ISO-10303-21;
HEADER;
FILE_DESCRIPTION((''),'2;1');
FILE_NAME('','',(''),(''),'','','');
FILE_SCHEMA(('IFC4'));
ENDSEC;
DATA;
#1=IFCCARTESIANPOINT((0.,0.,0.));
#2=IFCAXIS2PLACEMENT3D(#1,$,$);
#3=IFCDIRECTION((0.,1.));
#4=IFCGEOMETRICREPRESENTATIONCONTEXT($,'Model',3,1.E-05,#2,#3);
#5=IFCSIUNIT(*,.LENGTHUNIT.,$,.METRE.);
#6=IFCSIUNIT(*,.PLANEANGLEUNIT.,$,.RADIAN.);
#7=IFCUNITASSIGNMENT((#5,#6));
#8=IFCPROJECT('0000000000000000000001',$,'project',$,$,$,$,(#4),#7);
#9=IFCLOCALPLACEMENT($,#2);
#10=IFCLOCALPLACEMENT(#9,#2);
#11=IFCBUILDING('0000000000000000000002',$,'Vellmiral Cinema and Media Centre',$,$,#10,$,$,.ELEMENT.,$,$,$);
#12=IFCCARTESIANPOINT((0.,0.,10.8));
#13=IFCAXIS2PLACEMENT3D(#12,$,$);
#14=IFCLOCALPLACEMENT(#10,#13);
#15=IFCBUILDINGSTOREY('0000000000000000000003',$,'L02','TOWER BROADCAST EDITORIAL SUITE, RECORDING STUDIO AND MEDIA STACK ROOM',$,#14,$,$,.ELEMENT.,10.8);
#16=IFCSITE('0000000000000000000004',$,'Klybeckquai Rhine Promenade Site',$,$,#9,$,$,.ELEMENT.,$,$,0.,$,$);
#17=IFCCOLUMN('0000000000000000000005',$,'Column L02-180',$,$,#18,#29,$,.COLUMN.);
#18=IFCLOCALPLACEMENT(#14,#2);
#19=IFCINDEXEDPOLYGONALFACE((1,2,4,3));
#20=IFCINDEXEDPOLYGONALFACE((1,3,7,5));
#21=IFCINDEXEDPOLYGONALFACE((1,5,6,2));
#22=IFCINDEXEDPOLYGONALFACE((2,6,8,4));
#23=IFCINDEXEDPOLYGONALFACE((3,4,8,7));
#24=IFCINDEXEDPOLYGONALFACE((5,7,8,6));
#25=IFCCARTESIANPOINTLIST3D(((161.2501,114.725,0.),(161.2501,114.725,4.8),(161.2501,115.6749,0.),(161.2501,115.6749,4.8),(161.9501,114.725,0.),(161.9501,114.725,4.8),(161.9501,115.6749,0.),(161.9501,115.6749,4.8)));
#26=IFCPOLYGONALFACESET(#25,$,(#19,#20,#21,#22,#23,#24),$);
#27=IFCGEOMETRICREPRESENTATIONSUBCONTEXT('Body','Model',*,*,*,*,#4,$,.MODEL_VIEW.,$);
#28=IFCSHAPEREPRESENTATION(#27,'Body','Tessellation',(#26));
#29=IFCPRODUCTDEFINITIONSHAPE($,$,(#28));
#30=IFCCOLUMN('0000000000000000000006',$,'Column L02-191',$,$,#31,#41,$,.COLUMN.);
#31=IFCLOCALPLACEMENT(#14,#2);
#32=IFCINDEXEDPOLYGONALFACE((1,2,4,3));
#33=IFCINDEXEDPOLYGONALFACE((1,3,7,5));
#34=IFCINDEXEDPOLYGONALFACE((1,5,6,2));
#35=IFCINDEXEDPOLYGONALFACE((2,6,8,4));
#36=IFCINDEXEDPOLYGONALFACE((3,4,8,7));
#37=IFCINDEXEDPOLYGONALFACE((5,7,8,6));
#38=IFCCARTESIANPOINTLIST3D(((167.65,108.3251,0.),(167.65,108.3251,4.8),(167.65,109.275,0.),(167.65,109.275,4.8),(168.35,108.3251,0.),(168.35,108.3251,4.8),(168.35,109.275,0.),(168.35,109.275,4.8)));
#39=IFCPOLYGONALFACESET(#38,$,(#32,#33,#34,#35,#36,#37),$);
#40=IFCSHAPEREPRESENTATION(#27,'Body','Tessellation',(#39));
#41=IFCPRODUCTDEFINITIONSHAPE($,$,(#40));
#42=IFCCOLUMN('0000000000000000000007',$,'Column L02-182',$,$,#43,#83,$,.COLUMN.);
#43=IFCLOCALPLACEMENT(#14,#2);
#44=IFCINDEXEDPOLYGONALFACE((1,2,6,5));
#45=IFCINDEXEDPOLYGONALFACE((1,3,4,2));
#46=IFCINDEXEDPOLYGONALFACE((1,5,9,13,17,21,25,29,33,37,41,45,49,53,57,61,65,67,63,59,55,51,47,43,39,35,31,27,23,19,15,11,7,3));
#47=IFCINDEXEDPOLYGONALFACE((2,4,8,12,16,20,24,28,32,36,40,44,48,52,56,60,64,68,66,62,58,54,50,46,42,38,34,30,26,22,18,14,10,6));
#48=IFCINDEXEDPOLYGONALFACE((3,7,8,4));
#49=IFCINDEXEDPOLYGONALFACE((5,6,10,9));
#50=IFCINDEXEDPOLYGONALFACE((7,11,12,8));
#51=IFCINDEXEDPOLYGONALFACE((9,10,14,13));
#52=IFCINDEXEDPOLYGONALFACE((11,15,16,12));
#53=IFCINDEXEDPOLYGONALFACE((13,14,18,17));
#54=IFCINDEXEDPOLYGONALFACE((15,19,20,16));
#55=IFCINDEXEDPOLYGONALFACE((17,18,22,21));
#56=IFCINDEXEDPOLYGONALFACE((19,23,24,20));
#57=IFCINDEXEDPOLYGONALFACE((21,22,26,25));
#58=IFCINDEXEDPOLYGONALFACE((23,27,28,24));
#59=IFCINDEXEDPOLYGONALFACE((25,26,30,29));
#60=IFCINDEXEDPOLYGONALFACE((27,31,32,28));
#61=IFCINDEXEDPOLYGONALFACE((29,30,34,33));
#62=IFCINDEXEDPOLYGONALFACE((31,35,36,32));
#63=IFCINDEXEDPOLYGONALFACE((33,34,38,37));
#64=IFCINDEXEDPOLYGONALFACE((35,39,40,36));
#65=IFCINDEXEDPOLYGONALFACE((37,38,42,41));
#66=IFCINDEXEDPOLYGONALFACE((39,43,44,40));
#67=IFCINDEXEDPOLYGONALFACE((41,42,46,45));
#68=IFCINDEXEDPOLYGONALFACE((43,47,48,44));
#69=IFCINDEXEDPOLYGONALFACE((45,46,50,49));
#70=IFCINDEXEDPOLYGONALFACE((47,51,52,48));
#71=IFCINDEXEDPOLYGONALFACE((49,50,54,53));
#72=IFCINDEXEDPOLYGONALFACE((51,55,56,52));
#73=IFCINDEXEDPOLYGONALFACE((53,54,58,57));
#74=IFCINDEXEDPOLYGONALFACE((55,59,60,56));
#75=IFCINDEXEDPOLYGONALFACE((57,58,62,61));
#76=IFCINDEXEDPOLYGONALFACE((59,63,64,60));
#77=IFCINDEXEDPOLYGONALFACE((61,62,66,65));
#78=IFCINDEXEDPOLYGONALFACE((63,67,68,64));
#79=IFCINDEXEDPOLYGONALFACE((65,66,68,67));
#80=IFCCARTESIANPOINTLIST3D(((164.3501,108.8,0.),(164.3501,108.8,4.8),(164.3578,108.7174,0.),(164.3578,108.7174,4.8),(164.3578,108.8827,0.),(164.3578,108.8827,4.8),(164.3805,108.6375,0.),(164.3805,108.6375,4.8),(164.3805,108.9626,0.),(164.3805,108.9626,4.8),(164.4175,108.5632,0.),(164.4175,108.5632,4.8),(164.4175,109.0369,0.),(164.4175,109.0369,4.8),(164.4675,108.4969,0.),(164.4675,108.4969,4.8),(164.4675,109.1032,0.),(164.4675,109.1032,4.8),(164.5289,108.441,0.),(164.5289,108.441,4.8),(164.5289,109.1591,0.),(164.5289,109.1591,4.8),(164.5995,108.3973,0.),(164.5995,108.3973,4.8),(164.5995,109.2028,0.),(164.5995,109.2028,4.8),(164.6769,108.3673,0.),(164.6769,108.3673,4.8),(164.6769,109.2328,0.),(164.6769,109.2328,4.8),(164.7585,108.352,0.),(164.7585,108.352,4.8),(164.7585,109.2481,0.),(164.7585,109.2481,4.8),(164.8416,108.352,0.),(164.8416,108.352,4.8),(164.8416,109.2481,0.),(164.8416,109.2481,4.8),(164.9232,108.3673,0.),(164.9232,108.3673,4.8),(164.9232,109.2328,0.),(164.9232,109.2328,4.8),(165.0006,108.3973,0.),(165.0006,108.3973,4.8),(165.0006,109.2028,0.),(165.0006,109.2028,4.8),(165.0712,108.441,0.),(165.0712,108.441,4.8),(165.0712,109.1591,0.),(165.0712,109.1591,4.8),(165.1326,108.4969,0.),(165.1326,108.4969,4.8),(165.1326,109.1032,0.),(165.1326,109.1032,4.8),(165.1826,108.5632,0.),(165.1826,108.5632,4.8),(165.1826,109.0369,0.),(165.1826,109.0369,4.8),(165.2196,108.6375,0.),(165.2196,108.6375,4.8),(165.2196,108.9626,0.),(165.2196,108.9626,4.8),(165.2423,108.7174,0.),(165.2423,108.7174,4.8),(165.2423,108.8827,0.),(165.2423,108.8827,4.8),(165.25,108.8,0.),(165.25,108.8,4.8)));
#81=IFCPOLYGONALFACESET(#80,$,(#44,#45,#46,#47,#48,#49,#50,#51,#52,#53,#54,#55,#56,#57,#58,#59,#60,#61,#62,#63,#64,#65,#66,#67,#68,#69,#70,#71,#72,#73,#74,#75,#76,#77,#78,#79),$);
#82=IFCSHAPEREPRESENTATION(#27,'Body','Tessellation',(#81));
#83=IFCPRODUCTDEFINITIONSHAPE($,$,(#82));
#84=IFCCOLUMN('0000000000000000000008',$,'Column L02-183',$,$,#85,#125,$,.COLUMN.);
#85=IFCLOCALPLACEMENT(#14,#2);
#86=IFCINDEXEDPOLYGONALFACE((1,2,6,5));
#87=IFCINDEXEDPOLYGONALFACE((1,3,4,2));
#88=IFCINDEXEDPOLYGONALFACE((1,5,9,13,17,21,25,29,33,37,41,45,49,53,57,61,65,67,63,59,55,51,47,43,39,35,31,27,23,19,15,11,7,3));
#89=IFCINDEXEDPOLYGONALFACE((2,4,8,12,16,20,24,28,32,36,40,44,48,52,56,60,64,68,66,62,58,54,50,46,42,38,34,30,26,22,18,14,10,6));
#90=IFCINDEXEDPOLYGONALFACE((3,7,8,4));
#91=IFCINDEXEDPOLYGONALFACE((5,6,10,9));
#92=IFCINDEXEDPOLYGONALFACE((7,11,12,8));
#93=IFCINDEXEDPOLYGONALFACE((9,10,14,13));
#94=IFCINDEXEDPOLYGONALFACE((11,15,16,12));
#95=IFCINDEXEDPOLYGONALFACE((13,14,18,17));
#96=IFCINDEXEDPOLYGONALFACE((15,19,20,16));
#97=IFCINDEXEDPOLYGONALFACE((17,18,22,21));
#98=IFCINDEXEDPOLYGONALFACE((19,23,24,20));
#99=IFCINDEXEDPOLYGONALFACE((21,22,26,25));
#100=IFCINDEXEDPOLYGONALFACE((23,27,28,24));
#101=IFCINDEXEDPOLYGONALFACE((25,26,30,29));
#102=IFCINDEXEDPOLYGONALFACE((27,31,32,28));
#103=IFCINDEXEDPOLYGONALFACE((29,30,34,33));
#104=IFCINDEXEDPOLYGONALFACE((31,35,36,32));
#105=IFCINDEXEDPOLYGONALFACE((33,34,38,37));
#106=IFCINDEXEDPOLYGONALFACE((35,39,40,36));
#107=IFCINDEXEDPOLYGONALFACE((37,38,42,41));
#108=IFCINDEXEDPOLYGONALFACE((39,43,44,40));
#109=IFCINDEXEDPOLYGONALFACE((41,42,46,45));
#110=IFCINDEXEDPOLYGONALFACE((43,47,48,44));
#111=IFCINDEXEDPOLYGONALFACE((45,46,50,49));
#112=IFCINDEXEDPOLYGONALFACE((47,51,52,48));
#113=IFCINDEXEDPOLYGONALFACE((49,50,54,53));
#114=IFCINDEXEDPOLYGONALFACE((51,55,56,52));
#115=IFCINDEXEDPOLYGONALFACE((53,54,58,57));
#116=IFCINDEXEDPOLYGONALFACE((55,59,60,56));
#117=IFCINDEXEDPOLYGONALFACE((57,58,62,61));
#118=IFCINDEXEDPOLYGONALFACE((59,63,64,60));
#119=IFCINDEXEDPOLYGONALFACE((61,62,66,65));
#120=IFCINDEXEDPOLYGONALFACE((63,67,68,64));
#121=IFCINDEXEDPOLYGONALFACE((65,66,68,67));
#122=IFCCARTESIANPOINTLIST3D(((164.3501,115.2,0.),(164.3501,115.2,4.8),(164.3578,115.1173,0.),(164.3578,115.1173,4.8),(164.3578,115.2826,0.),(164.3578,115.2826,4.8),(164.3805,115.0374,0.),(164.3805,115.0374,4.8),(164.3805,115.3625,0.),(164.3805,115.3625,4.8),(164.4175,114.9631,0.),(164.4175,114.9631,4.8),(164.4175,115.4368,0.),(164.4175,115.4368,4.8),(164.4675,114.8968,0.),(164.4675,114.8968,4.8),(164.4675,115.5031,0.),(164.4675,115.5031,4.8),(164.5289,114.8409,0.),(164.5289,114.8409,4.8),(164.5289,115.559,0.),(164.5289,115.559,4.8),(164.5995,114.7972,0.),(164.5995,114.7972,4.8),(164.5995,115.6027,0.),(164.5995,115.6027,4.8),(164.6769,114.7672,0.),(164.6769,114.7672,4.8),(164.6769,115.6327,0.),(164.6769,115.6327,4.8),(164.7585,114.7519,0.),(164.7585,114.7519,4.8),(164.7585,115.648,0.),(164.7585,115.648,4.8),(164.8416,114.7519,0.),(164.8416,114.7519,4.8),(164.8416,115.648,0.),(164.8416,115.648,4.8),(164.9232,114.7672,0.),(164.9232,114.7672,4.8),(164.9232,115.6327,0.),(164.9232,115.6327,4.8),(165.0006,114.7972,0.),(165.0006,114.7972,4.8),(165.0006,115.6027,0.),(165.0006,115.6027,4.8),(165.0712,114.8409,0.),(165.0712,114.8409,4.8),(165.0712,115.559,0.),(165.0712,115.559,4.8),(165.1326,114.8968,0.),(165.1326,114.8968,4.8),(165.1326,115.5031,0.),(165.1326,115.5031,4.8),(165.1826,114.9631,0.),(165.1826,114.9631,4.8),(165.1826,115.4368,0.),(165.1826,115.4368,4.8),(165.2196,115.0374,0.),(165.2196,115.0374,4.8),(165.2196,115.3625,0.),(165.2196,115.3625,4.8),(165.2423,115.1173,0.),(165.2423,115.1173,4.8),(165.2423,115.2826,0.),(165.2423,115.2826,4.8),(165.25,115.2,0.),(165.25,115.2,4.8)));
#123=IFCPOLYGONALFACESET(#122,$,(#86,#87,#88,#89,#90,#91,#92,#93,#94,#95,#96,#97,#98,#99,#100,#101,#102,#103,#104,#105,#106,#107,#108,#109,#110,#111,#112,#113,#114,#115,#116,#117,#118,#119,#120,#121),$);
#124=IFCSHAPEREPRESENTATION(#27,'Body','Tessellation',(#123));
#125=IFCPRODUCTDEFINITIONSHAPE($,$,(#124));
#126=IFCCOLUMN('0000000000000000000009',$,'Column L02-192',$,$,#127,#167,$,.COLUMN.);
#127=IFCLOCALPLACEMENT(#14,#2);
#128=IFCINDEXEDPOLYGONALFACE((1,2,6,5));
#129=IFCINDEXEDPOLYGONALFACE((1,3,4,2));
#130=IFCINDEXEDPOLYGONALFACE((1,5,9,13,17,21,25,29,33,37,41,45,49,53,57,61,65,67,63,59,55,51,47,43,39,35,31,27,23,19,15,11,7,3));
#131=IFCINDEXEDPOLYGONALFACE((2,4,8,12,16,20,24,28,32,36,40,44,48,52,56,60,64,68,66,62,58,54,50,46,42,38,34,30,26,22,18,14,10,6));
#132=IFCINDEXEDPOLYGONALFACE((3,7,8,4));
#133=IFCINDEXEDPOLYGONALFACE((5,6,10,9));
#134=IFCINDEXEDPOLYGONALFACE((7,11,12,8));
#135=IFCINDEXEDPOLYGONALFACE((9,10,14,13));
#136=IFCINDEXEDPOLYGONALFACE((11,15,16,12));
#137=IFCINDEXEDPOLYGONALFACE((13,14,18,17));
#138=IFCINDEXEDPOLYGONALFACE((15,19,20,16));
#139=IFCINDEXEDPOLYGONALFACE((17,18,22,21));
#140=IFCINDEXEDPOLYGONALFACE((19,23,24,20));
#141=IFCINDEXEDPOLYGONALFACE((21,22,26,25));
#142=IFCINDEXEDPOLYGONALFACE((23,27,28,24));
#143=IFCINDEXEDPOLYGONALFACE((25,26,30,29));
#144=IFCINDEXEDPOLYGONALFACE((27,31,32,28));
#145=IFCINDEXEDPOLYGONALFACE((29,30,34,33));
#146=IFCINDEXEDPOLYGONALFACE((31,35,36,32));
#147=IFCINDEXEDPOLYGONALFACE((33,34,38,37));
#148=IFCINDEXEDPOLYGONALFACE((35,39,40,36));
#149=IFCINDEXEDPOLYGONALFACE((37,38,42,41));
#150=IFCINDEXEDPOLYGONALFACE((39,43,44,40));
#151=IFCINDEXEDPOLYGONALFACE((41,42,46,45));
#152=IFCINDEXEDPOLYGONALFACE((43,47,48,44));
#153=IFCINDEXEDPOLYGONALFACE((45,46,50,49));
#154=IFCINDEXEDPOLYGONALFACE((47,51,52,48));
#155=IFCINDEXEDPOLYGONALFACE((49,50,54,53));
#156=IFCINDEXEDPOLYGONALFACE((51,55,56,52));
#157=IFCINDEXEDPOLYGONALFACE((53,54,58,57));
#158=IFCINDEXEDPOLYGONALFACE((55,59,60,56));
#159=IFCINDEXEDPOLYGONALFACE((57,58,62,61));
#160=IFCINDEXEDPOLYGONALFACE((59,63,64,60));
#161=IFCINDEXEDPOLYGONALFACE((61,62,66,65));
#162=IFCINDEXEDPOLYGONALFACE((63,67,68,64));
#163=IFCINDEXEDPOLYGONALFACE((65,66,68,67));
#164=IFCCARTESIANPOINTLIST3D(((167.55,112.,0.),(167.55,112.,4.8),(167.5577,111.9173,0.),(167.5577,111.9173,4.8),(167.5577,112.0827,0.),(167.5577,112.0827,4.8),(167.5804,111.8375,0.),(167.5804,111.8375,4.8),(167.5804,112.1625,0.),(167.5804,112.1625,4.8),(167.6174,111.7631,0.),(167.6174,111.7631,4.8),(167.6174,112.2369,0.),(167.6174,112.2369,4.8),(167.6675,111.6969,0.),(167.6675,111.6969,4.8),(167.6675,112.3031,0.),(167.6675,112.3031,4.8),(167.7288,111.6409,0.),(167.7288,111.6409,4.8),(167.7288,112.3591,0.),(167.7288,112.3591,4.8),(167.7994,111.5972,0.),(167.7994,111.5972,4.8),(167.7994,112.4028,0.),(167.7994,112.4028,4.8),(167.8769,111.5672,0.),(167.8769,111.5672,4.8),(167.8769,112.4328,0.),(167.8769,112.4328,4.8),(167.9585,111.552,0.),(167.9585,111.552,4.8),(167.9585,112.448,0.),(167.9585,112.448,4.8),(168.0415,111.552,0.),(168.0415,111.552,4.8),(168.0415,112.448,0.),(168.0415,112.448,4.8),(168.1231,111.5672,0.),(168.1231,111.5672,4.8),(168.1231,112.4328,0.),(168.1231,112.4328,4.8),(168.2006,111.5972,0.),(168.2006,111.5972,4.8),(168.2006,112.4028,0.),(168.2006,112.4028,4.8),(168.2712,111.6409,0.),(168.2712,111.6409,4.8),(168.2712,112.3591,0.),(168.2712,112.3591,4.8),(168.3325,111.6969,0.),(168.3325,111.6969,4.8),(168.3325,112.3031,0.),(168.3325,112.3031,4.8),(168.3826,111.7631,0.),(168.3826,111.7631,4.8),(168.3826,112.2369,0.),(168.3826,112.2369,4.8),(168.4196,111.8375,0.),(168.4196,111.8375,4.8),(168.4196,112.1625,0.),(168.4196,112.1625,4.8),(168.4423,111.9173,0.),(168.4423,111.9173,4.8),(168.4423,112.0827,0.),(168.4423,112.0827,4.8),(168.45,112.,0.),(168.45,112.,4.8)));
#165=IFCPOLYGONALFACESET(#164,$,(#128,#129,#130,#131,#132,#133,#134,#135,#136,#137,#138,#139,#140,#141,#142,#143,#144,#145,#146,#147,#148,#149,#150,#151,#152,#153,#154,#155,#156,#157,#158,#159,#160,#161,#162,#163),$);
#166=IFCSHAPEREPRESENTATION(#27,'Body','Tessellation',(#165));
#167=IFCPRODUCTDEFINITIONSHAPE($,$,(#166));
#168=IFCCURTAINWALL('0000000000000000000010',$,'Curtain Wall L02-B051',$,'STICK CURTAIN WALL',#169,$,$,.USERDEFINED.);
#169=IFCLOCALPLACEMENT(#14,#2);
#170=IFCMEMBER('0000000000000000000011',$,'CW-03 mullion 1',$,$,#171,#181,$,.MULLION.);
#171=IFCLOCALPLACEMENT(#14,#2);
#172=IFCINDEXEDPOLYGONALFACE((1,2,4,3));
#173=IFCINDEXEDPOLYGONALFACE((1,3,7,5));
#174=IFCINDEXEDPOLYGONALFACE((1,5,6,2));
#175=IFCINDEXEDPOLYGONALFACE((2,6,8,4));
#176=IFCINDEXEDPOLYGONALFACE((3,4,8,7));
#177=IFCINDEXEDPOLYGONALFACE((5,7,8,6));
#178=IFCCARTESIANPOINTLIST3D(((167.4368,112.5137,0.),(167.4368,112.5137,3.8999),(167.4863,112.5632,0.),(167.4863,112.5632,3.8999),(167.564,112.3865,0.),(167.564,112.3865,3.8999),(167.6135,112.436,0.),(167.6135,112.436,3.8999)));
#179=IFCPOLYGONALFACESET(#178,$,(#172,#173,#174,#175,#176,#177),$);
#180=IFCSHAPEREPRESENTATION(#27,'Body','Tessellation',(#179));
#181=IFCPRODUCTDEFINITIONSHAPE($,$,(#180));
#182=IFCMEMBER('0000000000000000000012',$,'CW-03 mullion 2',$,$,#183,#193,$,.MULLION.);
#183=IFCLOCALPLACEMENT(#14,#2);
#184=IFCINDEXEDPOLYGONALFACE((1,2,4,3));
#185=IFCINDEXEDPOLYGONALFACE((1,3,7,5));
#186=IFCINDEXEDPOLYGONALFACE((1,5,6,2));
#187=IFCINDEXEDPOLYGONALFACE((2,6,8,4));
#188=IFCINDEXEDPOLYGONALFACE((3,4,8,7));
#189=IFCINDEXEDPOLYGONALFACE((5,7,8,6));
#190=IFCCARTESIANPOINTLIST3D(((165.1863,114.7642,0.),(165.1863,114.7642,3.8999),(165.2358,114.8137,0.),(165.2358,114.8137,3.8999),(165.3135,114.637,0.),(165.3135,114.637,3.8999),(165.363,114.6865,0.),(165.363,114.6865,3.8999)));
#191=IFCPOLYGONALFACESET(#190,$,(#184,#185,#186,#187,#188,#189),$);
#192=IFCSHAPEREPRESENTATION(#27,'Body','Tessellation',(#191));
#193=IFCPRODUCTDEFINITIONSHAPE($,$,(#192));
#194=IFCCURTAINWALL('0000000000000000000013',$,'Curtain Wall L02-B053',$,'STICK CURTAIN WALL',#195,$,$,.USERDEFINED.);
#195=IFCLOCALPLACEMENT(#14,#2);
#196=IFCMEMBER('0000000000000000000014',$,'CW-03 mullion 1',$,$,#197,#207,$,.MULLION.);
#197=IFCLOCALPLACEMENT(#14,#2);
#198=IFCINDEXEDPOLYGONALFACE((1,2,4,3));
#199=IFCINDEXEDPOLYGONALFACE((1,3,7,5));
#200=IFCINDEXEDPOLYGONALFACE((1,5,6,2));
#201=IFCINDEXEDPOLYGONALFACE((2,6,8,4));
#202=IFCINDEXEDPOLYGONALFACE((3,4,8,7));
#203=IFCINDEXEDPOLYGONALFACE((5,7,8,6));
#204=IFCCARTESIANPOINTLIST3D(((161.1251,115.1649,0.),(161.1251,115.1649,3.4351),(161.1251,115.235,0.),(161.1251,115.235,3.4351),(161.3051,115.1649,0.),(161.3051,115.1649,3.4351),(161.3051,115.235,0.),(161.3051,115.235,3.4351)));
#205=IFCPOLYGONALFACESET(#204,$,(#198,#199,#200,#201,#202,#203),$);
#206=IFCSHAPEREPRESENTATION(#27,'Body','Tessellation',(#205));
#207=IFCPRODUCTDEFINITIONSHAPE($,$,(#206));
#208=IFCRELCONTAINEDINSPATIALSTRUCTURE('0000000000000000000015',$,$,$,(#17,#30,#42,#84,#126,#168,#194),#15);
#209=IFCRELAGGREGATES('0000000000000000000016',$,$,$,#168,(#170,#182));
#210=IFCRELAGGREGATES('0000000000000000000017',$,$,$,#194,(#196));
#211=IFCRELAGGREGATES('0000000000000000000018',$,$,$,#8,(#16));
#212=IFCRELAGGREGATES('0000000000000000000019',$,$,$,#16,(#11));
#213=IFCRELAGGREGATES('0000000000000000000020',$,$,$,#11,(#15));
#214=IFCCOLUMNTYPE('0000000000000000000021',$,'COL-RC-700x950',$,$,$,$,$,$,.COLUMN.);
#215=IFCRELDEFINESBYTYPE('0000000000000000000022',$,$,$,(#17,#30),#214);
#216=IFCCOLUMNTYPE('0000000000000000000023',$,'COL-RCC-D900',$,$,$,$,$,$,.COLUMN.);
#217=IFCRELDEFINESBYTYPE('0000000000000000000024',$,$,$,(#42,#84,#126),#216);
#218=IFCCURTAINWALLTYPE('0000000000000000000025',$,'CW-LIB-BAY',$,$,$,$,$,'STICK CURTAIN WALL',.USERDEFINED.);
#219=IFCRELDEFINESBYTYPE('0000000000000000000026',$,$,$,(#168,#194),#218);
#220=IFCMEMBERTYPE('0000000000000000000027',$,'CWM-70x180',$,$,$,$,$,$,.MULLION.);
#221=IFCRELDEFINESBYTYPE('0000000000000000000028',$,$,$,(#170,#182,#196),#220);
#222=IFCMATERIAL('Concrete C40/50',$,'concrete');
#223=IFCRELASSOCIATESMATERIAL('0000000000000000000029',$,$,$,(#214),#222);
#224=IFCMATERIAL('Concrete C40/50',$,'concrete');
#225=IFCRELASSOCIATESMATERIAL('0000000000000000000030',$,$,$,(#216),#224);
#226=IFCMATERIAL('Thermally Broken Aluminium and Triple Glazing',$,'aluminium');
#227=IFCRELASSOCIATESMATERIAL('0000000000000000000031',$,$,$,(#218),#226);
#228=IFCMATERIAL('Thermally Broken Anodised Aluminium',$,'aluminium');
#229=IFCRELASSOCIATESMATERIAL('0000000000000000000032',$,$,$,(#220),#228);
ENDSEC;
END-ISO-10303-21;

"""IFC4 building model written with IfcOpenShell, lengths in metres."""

from ifc_helpers import new_model, si_unit, direction, frame, origin, origin_2d, place, context, subcontext, project, spatial, rectangle, circle, extrude, material, material_profile, profile_set, type_object, element, aggregate, save


model = new_model("IFC4")

# Units and contexts
model_context = context("Model", 3, precision=1e-05, world=origin(), true_north=direction((0.0, 1.0)))
body_context = subcontext(model_context, "Body", "Model", "MODEL_VIEW")
ifc_project = project(units=[si_unit("LENGTHUNIT", "METRE"), si_unit("PLANEANGLEUNIT", "RADIAN")], contexts=[model_context])

# Site, building, storey
site_placement = place(None, origin())
site = spatial("IfcSite", under=ifc_project, at=site_placement, Name="Klybeckquai Rhine Promenade Site", CompositionType="ELEMENT", RefElevation=0.0)
building_placement = place(site_placement, origin())
building = spatial("IfcBuilding", under=site, at=building_placement, Name="Vellmiral Cinema and Media Centre", CompositionType="ELEMENT")
storey_placement = place(building_placement, frame((0.0, 0.0, 10.8)))
storey = spatial("IfcBuildingStorey", under=building, at=storey_placement, Name="L02", Description="TOWER BROADCAST EDITORIAL SUITE, RECORDING STUDIO AND MEDIA STACK ROOM", CompositionType="ELEMENT", Elevation=10.8)

# Columns
ifc_material_1 = material(Name="Concrete C40/50", Category="concrete")
ifc_material_profile_1 = material_profile(ifc_material_1, rectangle(XDim=0.7, YDim=0.95, at=origin_2d()), Name="RC 700x950")
ifc_profile_set_1 = profile_set([ifc_material_profile_1], Name="Concrete C40/50")
column_type_1 = type_object("IfcColumnType", Name="COL-RC-700x950", PredefinedType="COLUMN", material=ifc_profile_set_1)
for number, where, z_axis, x_axis, name in (
    (1, (161.6001, 115.2, 0.0), (0.0, 0.0, 1.0), (1.0, 0.0, 0.0), "Column L02-180"),
    (2, (168.0, 108.8, 0.0), (0.0, 0.0, 1.0), (1.0, 0.0, 0.0), "Column L02-191"),
):
    element("IfcColumn", number, at=place(storey_placement, frame(where, z_axis=z_axis, x_axis=x_axis)), inside=storey, type_object=column_type_1, Name=name, PredefinedType="COLUMN", context=body_context, shape_type="SweptSolid", body=[
        extrude(rectangle(XDim=0.7, YDim=0.95, at=origin_2d()), origin(), (0.0, 0.0, 1.0), 4.8),
    ])
ifc_material_2 = material(Name="Concrete C40/50", Category="concrete")
ifc_material_profile_2 = material_profile(ifc_material_2, circle(Radius=0.45, at=origin_2d()), Name="RC D900")
ifc_profile_set_2 = profile_set([ifc_material_profile_2], Name="Concrete C40/50")
column_type_2 = type_object("IfcColumnType", Name="COL-RCC-D900", PredefinedType="COLUMN", material=ifc_profile_set_2)
for number, where, z_axis, x_axis, name in (
    (3, (164.8, 108.8, 0.0), (0.0, 0.0, 1.0), (1.0, 0.0, 0.0), "Column L02-182"),
    (4, (164.8, 115.2, 0.0), (0.0, 0.0, 1.0), (1.0, 0.0, 0.0), "Column L02-183"),
    (5, (168.0, 112.0, 0.0), (0.0, 0.0, 1.0), (1.0, 0.0, 0.0), "Column L02-192"),
):
    element("IfcColumn", number, at=place(storey_placement, frame(where, z_axis=z_axis, x_axis=x_axis)), inside=storey, type_object=column_type_2, Name=name, PredefinedType="COLUMN", context=body_context, shape_type="SweptSolid", body=[
        extrude(circle(Radius=0.45, at=origin_2d()), origin(), (0.0, 0.0, 1.0), 4.8),
    ])

# Curtain walls, members
ifc_material_3 = material(Name="Thermally Broken Aluminium and Triple Glazing", Category="aluminium")
curtain_wall_type = type_object("IfcCurtainWallType", Name="CW-LIB-BAY", ElementType="STICK CURTAIN WALL", PredefinedType="USERDEFINED", material=ifc_material_3)
curtain_wall_1_placement = place(storey_placement, origin())
curtain_wall_1 = element("IfcCurtainWall", 6, at=curtain_wall_1_placement, inside=storey, type_object=curtain_wall_type, Name="Curtain Wall L02-B051", ObjectType="STICK CURTAIN WALL", PredefinedType="USERDEFINED")
ifc_material_4 = material(Name="Thermally Broken Anodised Aluminium", Category="aluminium")
ifc_material_profile_3 = material_profile(ifc_material_4, rectangle(XDim=0.0701, YDim=0.1799, at=origin_2d()), Name="MULL 70x180")
ifc_profile_set_3 = profile_set([ifc_material_profile_3], Name="Thermally Broken Anodised Aluminium")
member_type_1 = type_object("IfcMemberType", Name="CWM-70x180", PredefinedType="MULLION", material=ifc_profile_set_3)
member_1_placement = place(storey_placement, frame((167.5251, 112.4749, 0.0), z_axis=(0.0, 0.0, 1.0), x_axis=(-0.707107, -0.707107, 0.0)))
member_1 = element("IfcMember", 7, at=member_1_placement, type_object=member_type_1, Name="CW-03 mullion 1", PredefinedType="MULLION", context=body_context, shape_type="SweptSolid", body=[
    extrude(rectangle(XDim=0.0701, YDim=0.1799, at=origin_2d()), origin(), (0.0, 0.0, 1.0), 3.8999),
])
member_2_placement = place(storey_placement, frame((165.2747, 114.7253, 0.0), z_axis=(0.0, 0.0, 1.0), x_axis=(-0.707107, -0.707107, 0.0)))
member_2 = element("IfcMember", 8, at=member_2_placement, type_object=member_type_1, Name="CW-03 mullion 2", PredefinedType="MULLION", context=body_context, shape_type="SweptSolid", body=[
    extrude(rectangle(XDim=0.0701, YDim=0.1799, at=origin_2d()), origin(), (0.0, 0.0, 1.0), 3.8999),
])
curtain_wall_2_placement = place(storey_placement, origin())
curtain_wall_2 = element("IfcCurtainWall", 9, at=curtain_wall_2_placement, inside=storey, type_object=curtain_wall_type, Name="Curtain Wall L02-B053", ObjectType="STICK CURTAIN WALL", PredefinedType="USERDEFINED")
member_3_placement = place(storey_placement, frame((161.2151, 115.2, 0.0), z_axis=(0.0, 0.0, 1.0), x_axis=(0.0, -1.0, 0.0)))
member_3 = element("IfcMember", 10, at=member_3_placement, type_object=member_type_1, Name="CW-03 mullion 1", PredefinedType="MULLION", context=body_context, shape_type="SweptSolid", body=[
    extrude(rectangle(XDim=0.0701, YDim=0.1799, at=origin_2d()), origin(), (0.0, 0.0, 1.0), 3.4351),
])

aggregate(curtain_wall_1, [member_1, member_2])
aggregate(curtain_wall_2, [member_3])

save(model, "model.ifc")
